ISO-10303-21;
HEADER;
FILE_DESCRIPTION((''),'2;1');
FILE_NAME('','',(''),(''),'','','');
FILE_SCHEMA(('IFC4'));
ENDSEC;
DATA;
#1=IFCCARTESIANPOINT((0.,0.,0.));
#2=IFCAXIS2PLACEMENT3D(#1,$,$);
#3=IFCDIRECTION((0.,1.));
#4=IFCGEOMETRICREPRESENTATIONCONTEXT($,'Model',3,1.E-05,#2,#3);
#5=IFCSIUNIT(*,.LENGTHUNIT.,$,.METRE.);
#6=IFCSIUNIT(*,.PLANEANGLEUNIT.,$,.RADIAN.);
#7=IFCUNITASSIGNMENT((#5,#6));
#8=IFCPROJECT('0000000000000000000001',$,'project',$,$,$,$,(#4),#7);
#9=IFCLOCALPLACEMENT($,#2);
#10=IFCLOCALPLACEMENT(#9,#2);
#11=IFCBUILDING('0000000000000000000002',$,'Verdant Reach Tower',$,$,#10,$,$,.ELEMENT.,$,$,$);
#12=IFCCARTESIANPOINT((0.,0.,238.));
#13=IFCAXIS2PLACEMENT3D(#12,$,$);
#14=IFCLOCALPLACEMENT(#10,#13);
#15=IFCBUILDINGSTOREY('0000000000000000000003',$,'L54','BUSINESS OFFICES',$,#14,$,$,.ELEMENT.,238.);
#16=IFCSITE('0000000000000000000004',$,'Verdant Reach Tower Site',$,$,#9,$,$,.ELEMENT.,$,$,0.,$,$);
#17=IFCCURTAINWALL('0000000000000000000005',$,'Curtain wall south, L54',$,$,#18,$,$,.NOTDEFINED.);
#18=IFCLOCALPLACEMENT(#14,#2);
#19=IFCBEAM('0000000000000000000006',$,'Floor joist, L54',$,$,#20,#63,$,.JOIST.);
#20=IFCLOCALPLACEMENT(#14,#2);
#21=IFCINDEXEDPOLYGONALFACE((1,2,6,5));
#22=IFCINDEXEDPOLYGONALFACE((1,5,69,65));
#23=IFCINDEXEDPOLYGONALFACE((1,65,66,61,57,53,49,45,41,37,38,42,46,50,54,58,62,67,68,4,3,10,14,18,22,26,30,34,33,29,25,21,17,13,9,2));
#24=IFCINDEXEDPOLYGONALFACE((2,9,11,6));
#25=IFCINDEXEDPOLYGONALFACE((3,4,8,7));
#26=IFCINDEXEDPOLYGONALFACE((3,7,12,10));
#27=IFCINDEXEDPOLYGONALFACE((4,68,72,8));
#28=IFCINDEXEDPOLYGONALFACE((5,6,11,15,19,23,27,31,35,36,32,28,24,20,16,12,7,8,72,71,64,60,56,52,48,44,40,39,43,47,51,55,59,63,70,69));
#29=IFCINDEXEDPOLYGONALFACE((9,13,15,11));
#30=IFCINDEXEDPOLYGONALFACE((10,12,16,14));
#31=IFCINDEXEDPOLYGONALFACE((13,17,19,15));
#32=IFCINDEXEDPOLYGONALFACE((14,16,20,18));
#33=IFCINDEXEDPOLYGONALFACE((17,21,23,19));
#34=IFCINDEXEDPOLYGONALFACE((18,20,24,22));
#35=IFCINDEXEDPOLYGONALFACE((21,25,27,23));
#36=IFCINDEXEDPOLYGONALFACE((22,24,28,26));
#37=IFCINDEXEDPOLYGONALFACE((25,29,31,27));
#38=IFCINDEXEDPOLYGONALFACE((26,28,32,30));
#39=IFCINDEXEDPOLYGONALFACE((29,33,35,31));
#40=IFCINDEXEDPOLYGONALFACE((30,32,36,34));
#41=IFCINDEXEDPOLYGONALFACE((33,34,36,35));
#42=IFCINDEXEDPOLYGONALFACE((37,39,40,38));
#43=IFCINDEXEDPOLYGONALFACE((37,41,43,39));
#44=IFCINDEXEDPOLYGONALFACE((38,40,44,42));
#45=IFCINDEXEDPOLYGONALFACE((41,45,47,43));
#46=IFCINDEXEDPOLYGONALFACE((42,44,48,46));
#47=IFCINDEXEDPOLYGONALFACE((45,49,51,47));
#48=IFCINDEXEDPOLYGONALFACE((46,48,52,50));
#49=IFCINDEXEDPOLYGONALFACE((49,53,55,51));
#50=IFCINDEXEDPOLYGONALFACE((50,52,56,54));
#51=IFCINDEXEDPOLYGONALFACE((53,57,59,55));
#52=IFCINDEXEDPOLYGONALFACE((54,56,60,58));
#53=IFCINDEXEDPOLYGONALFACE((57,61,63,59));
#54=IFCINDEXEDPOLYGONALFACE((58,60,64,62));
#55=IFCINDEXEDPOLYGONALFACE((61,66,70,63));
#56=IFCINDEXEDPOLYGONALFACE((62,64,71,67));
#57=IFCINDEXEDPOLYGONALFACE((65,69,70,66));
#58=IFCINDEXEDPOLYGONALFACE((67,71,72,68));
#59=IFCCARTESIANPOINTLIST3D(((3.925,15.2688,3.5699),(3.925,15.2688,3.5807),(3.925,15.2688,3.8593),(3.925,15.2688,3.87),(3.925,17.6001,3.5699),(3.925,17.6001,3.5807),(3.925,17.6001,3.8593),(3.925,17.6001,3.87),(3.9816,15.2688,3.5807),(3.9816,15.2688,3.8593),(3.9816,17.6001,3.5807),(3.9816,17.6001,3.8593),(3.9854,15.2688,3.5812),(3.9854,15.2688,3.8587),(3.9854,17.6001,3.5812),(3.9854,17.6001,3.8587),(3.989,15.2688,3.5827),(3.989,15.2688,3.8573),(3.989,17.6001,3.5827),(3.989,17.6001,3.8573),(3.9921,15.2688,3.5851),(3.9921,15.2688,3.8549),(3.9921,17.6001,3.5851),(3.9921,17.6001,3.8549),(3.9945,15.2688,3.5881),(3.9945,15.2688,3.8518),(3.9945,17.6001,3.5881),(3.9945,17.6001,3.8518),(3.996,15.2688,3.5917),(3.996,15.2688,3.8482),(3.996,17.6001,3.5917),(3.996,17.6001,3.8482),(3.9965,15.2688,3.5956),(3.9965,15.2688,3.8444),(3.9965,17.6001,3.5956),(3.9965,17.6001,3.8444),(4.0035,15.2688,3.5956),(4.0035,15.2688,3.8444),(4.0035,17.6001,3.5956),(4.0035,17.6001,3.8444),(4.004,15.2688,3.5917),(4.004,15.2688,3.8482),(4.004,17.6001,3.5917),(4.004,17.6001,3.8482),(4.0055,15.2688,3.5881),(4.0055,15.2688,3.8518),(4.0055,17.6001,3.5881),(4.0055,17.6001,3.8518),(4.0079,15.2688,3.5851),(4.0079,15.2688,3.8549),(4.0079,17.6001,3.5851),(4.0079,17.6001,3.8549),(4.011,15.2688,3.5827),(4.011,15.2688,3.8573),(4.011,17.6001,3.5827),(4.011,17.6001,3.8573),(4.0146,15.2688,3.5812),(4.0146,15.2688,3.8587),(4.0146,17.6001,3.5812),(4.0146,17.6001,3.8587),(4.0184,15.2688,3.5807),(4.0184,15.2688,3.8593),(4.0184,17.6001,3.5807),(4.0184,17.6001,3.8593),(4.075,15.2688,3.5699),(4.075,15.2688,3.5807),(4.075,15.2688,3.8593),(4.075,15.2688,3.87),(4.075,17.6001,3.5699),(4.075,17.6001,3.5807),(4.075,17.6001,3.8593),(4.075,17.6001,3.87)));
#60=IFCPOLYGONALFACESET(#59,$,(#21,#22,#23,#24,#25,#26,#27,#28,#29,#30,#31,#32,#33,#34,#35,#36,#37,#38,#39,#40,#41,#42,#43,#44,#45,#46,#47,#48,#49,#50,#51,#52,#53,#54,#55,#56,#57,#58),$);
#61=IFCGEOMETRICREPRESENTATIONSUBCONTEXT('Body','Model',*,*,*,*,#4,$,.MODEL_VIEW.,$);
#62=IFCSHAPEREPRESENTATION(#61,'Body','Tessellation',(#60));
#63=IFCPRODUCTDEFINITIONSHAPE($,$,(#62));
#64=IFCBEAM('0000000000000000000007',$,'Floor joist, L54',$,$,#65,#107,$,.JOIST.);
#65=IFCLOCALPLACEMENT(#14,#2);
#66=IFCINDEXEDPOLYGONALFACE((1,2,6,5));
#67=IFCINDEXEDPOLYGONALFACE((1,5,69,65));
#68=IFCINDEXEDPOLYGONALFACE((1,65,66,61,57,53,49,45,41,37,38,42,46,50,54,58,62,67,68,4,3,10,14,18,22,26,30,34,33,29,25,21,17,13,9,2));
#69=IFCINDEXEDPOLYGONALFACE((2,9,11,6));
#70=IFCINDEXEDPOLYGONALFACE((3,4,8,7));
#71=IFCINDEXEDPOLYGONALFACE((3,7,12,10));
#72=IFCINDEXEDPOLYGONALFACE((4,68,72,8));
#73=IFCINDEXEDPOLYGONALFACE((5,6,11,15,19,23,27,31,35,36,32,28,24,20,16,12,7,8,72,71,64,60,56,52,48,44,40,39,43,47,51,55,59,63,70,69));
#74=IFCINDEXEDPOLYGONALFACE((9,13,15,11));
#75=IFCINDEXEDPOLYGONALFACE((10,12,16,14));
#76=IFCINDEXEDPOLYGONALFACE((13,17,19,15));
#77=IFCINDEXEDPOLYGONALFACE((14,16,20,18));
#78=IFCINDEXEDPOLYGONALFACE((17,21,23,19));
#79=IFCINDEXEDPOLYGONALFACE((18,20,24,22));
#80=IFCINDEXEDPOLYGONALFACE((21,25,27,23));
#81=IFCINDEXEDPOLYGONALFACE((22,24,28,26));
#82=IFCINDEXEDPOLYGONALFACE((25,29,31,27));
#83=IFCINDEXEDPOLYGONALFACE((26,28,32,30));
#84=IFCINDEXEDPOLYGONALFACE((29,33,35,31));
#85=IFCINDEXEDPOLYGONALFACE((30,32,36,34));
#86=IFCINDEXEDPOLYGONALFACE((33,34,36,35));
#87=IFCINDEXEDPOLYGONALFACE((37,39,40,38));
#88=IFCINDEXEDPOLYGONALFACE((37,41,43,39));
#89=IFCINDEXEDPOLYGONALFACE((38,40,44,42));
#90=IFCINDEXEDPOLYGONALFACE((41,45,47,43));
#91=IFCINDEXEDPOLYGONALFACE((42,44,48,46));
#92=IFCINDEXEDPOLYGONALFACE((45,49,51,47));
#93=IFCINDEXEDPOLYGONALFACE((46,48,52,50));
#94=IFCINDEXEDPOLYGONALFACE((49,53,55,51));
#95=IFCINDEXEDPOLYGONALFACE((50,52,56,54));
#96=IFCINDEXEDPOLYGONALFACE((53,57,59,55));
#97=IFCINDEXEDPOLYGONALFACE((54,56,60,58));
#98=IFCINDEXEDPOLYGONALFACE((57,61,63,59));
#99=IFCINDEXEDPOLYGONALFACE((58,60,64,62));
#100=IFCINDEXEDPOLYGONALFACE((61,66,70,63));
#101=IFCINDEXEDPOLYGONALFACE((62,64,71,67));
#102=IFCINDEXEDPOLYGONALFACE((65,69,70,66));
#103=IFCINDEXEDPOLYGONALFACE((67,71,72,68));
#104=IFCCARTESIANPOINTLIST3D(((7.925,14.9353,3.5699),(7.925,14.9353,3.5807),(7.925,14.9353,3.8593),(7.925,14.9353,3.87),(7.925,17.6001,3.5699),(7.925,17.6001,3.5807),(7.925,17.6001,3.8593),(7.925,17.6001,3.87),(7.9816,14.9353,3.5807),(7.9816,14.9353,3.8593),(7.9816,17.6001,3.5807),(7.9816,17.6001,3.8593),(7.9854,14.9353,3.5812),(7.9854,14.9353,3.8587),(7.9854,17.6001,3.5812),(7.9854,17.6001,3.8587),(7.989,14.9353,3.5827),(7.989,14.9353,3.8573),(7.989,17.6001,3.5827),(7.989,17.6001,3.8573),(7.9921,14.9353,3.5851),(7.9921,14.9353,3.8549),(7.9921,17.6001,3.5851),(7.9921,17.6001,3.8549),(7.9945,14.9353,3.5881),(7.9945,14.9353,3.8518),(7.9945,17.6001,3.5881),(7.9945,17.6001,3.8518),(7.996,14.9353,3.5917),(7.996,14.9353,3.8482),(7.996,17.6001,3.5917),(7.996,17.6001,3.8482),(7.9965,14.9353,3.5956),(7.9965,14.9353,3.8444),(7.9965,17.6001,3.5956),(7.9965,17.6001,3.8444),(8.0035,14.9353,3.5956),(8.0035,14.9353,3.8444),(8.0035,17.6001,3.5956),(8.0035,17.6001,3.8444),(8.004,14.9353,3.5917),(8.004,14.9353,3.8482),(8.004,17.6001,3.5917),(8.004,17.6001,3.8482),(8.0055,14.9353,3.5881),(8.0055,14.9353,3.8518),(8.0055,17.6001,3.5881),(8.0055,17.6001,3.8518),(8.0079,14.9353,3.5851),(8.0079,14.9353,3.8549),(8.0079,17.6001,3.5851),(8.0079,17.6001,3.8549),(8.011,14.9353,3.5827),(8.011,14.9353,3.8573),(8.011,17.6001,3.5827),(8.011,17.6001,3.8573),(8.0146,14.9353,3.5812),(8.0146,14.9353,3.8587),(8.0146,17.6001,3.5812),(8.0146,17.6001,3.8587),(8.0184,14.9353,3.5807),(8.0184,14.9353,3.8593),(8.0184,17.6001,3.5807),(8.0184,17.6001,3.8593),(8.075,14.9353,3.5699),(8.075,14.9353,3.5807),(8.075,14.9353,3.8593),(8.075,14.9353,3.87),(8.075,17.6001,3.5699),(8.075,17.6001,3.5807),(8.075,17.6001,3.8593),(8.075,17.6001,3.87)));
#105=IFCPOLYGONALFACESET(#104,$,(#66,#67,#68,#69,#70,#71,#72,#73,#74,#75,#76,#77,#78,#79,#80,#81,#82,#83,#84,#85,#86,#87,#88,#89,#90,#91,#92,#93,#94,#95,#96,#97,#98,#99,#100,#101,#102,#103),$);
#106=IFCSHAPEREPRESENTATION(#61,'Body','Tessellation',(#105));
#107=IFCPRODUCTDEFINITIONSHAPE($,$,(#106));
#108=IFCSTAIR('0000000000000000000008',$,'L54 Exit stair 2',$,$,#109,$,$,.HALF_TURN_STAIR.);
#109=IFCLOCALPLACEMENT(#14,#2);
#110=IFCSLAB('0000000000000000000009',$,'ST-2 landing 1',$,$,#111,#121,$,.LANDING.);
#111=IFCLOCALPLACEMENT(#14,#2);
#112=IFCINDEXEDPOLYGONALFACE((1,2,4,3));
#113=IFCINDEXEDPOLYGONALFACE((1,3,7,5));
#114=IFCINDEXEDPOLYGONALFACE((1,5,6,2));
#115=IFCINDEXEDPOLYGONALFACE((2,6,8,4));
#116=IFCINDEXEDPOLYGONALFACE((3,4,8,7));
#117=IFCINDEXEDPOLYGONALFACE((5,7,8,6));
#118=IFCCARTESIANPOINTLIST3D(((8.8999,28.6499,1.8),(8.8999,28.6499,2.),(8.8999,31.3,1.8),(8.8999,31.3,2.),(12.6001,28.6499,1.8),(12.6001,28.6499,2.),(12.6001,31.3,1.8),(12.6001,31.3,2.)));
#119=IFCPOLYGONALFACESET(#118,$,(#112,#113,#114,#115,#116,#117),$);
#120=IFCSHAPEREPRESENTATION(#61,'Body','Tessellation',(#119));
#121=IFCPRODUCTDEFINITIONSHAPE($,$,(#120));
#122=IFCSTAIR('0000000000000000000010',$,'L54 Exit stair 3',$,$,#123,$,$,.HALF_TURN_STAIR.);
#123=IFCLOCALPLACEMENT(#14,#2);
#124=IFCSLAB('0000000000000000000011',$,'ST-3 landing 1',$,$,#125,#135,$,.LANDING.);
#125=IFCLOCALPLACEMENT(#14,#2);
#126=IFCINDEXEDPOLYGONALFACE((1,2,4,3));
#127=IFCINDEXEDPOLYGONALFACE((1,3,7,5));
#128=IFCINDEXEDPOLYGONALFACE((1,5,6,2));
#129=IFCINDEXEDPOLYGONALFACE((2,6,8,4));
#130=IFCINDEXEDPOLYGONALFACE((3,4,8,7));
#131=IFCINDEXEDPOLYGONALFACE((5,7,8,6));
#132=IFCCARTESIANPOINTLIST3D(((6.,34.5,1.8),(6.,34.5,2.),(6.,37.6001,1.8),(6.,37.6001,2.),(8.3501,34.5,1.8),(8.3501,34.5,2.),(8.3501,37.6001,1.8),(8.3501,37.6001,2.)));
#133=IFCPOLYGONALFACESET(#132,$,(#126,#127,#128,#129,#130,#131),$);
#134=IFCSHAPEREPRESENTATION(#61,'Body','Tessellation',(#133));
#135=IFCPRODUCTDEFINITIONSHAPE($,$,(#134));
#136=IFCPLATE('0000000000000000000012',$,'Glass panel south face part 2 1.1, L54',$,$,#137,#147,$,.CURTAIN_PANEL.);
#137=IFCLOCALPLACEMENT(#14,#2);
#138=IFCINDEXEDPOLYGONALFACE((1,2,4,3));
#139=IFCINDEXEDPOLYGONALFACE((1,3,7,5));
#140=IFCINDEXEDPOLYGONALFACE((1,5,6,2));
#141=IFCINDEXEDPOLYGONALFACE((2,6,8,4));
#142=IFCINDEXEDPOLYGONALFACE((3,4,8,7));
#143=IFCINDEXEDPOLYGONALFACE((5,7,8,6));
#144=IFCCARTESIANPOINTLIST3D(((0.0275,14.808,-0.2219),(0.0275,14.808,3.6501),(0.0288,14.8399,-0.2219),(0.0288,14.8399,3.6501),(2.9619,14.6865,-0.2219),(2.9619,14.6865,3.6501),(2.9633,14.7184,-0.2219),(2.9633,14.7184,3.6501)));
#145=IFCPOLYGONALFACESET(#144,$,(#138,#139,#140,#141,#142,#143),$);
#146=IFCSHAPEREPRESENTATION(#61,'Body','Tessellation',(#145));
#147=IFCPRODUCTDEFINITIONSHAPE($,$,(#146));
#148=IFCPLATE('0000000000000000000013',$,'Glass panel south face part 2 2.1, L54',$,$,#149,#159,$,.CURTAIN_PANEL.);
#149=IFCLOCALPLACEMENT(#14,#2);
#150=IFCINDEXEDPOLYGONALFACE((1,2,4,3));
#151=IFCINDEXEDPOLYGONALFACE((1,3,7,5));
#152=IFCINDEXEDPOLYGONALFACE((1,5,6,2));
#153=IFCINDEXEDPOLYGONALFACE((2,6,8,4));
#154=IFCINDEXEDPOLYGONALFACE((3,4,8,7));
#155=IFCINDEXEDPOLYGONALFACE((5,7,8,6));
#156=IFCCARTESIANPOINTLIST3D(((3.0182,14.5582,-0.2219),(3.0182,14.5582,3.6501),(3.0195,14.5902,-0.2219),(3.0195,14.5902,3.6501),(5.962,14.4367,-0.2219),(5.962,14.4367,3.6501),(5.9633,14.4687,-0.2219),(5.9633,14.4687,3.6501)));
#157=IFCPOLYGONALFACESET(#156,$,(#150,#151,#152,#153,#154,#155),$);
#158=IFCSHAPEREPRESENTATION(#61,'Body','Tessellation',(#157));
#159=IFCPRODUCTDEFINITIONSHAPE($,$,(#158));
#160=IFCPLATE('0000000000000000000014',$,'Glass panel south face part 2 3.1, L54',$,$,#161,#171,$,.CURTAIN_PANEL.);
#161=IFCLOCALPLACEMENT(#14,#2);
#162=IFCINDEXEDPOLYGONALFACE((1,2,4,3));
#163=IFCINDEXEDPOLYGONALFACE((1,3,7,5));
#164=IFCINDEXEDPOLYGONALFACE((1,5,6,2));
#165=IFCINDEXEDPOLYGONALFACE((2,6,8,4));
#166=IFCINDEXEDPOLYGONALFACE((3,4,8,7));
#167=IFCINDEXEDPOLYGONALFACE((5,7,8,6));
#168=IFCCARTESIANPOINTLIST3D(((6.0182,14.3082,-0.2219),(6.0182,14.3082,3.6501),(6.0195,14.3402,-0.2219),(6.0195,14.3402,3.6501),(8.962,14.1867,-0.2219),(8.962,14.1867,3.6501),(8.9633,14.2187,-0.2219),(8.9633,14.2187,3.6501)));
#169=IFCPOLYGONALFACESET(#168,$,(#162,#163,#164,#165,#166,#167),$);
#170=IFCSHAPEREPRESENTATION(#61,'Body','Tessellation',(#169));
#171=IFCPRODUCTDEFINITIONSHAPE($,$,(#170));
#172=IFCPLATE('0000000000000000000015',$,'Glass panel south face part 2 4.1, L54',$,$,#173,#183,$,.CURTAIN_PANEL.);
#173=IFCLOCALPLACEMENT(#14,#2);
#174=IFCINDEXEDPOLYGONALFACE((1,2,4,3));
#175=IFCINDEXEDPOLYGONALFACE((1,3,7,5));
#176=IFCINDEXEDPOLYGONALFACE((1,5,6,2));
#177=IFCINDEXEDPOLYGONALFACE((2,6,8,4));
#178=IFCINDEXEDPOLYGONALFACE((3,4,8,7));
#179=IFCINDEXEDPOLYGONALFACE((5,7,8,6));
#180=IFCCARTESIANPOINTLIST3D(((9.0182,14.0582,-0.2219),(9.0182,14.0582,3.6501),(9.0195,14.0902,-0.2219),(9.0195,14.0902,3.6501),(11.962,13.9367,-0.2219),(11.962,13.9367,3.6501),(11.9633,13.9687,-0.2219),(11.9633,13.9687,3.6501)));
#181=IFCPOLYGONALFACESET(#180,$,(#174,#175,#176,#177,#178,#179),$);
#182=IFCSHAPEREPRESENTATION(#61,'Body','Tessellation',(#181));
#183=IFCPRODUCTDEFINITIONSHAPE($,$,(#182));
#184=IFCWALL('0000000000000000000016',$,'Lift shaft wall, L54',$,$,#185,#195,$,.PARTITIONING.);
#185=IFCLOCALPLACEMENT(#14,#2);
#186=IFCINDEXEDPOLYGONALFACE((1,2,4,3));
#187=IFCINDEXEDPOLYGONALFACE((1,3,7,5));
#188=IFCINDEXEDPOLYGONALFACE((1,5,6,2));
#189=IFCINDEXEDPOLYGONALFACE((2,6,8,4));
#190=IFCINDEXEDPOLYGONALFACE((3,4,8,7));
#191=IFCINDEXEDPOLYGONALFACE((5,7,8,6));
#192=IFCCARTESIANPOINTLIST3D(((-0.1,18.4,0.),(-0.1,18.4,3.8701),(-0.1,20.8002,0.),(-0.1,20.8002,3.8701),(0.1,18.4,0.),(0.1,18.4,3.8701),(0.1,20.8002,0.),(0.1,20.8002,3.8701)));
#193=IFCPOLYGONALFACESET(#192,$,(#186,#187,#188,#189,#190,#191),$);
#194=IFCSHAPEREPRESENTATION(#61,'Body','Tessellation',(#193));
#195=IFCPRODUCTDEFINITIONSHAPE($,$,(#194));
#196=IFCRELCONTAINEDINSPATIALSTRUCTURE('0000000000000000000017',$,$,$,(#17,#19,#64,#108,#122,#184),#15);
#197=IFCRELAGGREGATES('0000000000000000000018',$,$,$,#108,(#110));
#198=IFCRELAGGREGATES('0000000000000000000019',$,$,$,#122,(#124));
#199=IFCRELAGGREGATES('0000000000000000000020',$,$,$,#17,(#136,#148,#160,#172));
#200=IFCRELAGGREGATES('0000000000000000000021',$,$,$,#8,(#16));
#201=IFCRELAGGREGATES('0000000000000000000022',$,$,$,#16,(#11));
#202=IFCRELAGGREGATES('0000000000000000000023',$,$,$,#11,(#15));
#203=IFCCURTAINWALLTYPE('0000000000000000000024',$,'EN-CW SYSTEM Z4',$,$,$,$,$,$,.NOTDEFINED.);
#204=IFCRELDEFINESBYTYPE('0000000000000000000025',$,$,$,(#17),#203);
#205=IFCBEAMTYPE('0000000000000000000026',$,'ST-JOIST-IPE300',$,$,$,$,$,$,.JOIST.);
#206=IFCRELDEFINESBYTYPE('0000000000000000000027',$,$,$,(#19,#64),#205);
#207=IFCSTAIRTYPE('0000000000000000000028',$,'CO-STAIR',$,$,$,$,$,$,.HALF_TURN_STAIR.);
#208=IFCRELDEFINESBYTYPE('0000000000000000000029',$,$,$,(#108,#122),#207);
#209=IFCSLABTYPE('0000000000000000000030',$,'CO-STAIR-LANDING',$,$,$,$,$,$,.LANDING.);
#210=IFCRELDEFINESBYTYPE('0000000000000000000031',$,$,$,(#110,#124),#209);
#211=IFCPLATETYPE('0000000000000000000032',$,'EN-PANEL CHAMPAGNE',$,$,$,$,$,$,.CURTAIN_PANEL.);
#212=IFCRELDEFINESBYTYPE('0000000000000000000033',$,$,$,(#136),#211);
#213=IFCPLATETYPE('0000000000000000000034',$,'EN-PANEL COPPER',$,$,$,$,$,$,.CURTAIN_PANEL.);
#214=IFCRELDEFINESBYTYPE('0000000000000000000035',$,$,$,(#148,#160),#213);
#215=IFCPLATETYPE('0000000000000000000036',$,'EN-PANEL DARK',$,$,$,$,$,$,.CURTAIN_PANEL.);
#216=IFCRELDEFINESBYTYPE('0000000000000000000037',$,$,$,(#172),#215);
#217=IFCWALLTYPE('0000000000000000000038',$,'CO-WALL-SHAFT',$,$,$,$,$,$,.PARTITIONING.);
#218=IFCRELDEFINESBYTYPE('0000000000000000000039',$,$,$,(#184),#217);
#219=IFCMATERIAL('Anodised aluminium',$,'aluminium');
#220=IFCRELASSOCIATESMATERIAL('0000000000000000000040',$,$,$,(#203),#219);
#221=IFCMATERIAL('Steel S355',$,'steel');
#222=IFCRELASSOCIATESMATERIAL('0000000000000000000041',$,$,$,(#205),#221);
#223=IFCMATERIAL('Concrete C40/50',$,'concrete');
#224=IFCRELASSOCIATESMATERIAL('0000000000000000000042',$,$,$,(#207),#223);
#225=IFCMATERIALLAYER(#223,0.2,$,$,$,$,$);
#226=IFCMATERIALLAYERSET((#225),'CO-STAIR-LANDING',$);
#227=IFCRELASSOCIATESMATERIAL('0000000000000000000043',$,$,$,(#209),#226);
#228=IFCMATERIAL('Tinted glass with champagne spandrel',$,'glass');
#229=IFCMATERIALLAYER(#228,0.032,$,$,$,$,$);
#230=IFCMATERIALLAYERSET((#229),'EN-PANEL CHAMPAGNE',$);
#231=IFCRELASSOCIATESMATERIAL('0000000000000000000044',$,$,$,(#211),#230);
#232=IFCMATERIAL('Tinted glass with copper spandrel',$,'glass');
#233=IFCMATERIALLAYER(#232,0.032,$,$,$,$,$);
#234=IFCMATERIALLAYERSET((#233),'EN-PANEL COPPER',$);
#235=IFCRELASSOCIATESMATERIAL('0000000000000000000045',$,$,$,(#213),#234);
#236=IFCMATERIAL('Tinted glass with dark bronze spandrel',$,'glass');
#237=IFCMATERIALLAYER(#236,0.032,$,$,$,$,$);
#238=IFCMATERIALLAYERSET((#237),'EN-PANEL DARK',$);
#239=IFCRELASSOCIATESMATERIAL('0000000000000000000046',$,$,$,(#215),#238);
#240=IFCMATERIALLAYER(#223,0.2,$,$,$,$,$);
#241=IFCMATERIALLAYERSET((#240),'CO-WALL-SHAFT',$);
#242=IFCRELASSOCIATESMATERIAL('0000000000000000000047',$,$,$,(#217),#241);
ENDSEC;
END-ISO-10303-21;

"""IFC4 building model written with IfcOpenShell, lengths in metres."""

from ifc_helpers import new_model, si_unit, direction, frame, frame_2d, origin, origin_2d, place, context, subcontext, project, spatial, polyline, rectangle, i_section, outline, extrude, material, layer, layer_set, material_profile, profile_set, type_object, element, aggregate, save


model = new_model("IFC4")

# Units and contexts
model_context = context("Model", 3, precision=1e-05, world=origin(), true_north=direction((0.0, 1.0)))
body_context = subcontext(model_context, "Body", "Model", "MODEL_VIEW")
ifc_project = project(units=[si_unit("LENGTHUNIT", "METRE"), si_unit("PLANEANGLEUNIT", "RADIAN")], contexts=[model_context])

# Site, building, storey
site_placement = place(None, origin())
site = spatial("IfcSite", under=ifc_project, at=site_placement, Name="Verdant Reach Tower Site", CompositionType="ELEMENT", RefElevation=0.0)
building_placement = place(site_placement, origin())
building = spatial("IfcBuilding", under=site, at=building_placement, Name="Verdant Reach Tower", CompositionType="ELEMENT")
storey_placement = place(building_placement, frame((0.0, 0.0, 238.0)))
storey = spatial("IfcBuildingStorey", under=building, at=storey_placement, Name="L54", Description="BUSINESS OFFICES", CompositionType="ELEMENT", Elevation=238.0)

# Curtain wall
ifc_material_1 = material(Name="Anodised aluminium", Category="aluminium")
curtain_wall_type = type_object("IfcCurtainWallType", Name="EN-CW SYSTEM Z4", PredefinedType="NOTDEFINED", material=ifc_material_1)
curtain_wall_placement = place(storey_placement, origin())
curtain_wall = element("IfcCurtainWall", 1, at=curtain_wall_placement, inside=storey, type_object=curtain_wall_type, Name="Curtain wall south, L54", PredefinedType="NOTDEFINED")

# Beams
ifc_material_2 = material(Name="Steel S355", Category="steel")
ifc_material_profile_1 = material_profile(ifc_material_2, i_section(OverallWidth=0.1499, OverallDepth=0.3, WebThickness=0.0071, FlangeThickness=0.0107, FilletRadius=0.0149, at=origin_2d()), Name="IPE 300")
ifc_profile_set_1 = profile_set([ifc_material_profile_1], Name="Steel S355")
beam_type = type_object("IfcBeamType", Name="ST-JOIST-IPE300", PredefinedType="JOIST", material=ifc_profile_set_1)
beam_1_placement = place(storey_placement, frame((4.0, 17.6001, 3.72), z_axis=(0.0, -1.0, 0.0), x_axis=(1.0, 0.0, 0.0)))
element("IfcBeam", 2, at=beam_1_placement, inside=storey, type_object=beam_type, Name="Floor joist, L54", PredefinedType="JOIST", context=body_context, shape_type="SweptSolid", body=[
    extrude(i_section(OverallWidth=0.1499, OverallDepth=0.3, WebThickness=0.0071, FlangeThickness=0.0107, FilletRadius=0.0149, at=origin_2d()), origin(), (0.0, 0.0, 1.0), 2.3313),
])
beam_2_placement = place(storey_placement, frame((8.0, 17.6001, 3.72), z_axis=(0.0, -1.0, 0.0), x_axis=(1.0, 0.0, 0.0)))
element("IfcBeam", 3, at=beam_2_placement, inside=storey, type_object=beam_type, Name="Floor joist, L54", PredefinedType="JOIST", context=body_context, shape_type="SweptSolid", body=[
    extrude(i_section(OverallWidth=0.1499, OverallDepth=0.3, WebThickness=0.0071, FlangeThickness=0.0107, FilletRadius=0.0149, at=origin_2d()), origin(), (0.0, 0.0, 1.0), 2.6648),
])

# Stairs, slabs
ifc_material_3 = material(Name="Concrete C40/50", Category="concrete")
stair_type = type_object("IfcStairType", Name="CO-STAIR", PredefinedType="HALF_TURN_STAIR", material=ifc_material_3)
stair_1_placement = place(storey_placement, origin())
stair_1 = element("IfcStair", 4, at=stair_1_placement, inside=storey, type_object=stair_type, Name="L54 Exit stair 2", PredefinedType="HALF_TURN_STAIR")
ifc_layer_1 = layer(ifc_material_3, 0.2)
ifc_layer_set_1 = layer_set([ifc_layer_1], Name="CO-STAIR-LANDING")
slab_type = type_object("IfcSlabType", Name="CO-STAIR-LANDING", PredefinedType="LANDING", material=ifc_layer_set_1)
slab_1_placement = place(storey_placement, frame((0.0, 0.0, 1.8)))
slab_1 = element("IfcSlab", 5, at=slab_1_placement, type_object=slab_type, Name="ST-2 landing 1", PredefinedType="LANDING", context=body_context, shape_type="SweptSolid", body=[
    extrude(outline(polyline([(12.6001, 28.6499), (12.6001, 31.3), (8.8999, 31.3), (8.8999, 28.6499), (12.6001, 28.6499)])), origin(), (0.0, 0.0, 1.0), 0.2),
])
aggregate(stair_1, [slab_1])
stair_2_placement = place(storey_placement, origin())
stair_2 = element("IfcStair", 6, at=stair_2_placement, inside=storey, type_object=stair_type, Name="L54 Exit stair 3", PredefinedType="HALF_TURN_STAIR")
slab_2_placement = place(storey_placement, frame((0.0, 0.0, 1.8)))
slab_2 = element("IfcSlab", 7, at=slab_2_placement, type_object=slab_type, Name="ST-3 landing 1", PredefinedType="LANDING", context=body_context, shape_type="SweptSolid", body=[
    extrude(outline(polyline([(8.3501, 37.6001), (6.0, 37.6001), (6.0, 34.5), (8.3501, 34.5), (8.3501, 37.6001)])), origin(), (0.0, 0.0, 1.0), 0.2),
])
aggregate(stair_2, [slab_2])

# Plates
ifc_material_4 = material(Name="Tinted glass with champagne spandrel", Category="glass")
ifc_layer_2 = layer(ifc_material_4, 0.032)
ifc_layer_set_2 = layer_set([ifc_layer_2], Name="EN-PANEL CHAMPAGNE")
plate_type_1 = type_object("IfcPlateType", Name="EN-PANEL CHAMPAGNE", PredefinedType="CURTAIN_PANEL", material=ifc_layer_set_2)
plate_1_placement = place(storey_placement, frame((1.4954, 14.7632, -0.2219), z_axis=(0.0, 0.0, 1.0), x_axis=(0.999144, -0.04137, 0.0)))
plate_1 = element("IfcPlate", 8, at=plate_1_placement, type_object=plate_type_1, Name="Glass panel south face part 2 1.1, L54", PredefinedType="CURTAIN_PANEL", context=body_context, shape_type="SweptSolid", body=[
    extrude(rectangle(XDim=2.937, YDim=0.032, at=origin_2d()), origin(), (0.0, 0.0, 1.0), 3.8721),
])
ifc_material_5 = material(Name="Tinted glass with copper spandrel", Category="glass")
ifc_layer_3 = layer(ifc_material_5, 0.032)
ifc_layer_set_3 = layer_set([ifc_layer_3], Name="EN-PANEL COPPER")
plate_type_2 = type_object("IfcPlateType", Name="EN-PANEL COPPER", PredefinedType="CURTAIN_PANEL", material=ifc_layer_set_3)
plate_2_placement = place(storey_placement, frame((4.4907, 14.5134, -0.2219), z_axis=(0.0, 0.0, 1.0), x_axis=(0.999149, -0.041242, 0.0)))
plate_2 = element("IfcPlate", 9, at=plate_2_placement, type_object=plate_type_2, Name="Glass panel south face part 2 2.1, L54", PredefinedType="CURTAIN_PANEL", context=body_context, shape_type="SweptSolid", body=[
    extrude(rectangle(XDim=2.9463, YDim=0.032, at=origin_2d()), origin(), (0.0, 0.0, 1.0), 3.8721),
])
plate_3_placement = place(storey_placement, frame((7.4907, 14.2634, -0.2219), z_axis=(0.0, 0.0, 1.0), x_axis=(0.999149, -0.041242, 0.0)))
plate_3 = element("IfcPlate", 10, at=plate_3_placement, type_object=plate_type_2, Name="Glass panel south face part 2 3.1, L54", PredefinedType="CURTAIN_PANEL", context=body_context, shape_type="SweptSolid", body=[
    extrude(rectangle(XDim=2.9463, YDim=0.032, at=origin_2d()), origin(), (0.0, 0.0, 1.0), 3.8721),
])
ifc_material_6 = material(Name="Tinted glass with dark bronze spandrel", Category="glass")
ifc_layer_4 = layer(ifc_material_6, 0.032)
ifc_layer_set_4 = layer_set([ifc_layer_4], Name="EN-PANEL DARK")
plate_type_3 = type_object("IfcPlateType", Name="EN-PANEL DARK", PredefinedType="CURTAIN_PANEL", material=ifc_layer_set_4)
plate_4_placement = place(storey_placement, frame((10.4907, 14.0134, -0.2219), z_axis=(0.0, 0.0, 1.0), x_axis=(0.999149, -0.041242, 0.0)))
plate_4 = element("IfcPlate", 11, at=plate_4_placement, type_object=plate_type_3, Name="Glass panel south face part 2 4.1, L54", PredefinedType="CURTAIN_PANEL", context=body_context, shape_type="SweptSolid", body=[
    extrude(rectangle(XDim=2.9463, YDim=0.032, at=origin_2d()), origin(), (0.0, 0.0, 1.0), 3.8721),
])
aggregate(curtain_wall, [plate_1, plate_2, plate_3, plate_4])

# Wall
ifc_layer_5 = layer(ifc_material_3, 0.2)
ifc_layer_set_5 = layer_set([ifc_layer_5], Name="CO-WALL-SHAFT")
wall_type_1 = type_object("IfcWallType", Name="CO-WALL-SHAFT", PredefinedType="PARTITIONING", material=ifc_layer_set_5)
for number, where, z_axis, x_axis, name in (
    (12, (0.0, 18.3999, 0.0), (0.0, 0.0, 1.0), (0.0, 1.0, 0.0), "Lift shaft wall, L54"),
):
    element("IfcWall", number, at=place(storey_placement, frame(where, z_axis=z_axis, x_axis=x_axis)), inside=storey, type_object=wall_type_1, Name=name, PredefinedType="PARTITIONING", context=body_context, shape_type="SweptSolid", body=[
        extrude(rectangle(XDim=2.4001, YDim=0.2, at=frame_2d((1.2002, 0.0))), origin(), (0.0, 0.0, 1.0), 3.8701),
    ])

save(model, "model.ifc")
